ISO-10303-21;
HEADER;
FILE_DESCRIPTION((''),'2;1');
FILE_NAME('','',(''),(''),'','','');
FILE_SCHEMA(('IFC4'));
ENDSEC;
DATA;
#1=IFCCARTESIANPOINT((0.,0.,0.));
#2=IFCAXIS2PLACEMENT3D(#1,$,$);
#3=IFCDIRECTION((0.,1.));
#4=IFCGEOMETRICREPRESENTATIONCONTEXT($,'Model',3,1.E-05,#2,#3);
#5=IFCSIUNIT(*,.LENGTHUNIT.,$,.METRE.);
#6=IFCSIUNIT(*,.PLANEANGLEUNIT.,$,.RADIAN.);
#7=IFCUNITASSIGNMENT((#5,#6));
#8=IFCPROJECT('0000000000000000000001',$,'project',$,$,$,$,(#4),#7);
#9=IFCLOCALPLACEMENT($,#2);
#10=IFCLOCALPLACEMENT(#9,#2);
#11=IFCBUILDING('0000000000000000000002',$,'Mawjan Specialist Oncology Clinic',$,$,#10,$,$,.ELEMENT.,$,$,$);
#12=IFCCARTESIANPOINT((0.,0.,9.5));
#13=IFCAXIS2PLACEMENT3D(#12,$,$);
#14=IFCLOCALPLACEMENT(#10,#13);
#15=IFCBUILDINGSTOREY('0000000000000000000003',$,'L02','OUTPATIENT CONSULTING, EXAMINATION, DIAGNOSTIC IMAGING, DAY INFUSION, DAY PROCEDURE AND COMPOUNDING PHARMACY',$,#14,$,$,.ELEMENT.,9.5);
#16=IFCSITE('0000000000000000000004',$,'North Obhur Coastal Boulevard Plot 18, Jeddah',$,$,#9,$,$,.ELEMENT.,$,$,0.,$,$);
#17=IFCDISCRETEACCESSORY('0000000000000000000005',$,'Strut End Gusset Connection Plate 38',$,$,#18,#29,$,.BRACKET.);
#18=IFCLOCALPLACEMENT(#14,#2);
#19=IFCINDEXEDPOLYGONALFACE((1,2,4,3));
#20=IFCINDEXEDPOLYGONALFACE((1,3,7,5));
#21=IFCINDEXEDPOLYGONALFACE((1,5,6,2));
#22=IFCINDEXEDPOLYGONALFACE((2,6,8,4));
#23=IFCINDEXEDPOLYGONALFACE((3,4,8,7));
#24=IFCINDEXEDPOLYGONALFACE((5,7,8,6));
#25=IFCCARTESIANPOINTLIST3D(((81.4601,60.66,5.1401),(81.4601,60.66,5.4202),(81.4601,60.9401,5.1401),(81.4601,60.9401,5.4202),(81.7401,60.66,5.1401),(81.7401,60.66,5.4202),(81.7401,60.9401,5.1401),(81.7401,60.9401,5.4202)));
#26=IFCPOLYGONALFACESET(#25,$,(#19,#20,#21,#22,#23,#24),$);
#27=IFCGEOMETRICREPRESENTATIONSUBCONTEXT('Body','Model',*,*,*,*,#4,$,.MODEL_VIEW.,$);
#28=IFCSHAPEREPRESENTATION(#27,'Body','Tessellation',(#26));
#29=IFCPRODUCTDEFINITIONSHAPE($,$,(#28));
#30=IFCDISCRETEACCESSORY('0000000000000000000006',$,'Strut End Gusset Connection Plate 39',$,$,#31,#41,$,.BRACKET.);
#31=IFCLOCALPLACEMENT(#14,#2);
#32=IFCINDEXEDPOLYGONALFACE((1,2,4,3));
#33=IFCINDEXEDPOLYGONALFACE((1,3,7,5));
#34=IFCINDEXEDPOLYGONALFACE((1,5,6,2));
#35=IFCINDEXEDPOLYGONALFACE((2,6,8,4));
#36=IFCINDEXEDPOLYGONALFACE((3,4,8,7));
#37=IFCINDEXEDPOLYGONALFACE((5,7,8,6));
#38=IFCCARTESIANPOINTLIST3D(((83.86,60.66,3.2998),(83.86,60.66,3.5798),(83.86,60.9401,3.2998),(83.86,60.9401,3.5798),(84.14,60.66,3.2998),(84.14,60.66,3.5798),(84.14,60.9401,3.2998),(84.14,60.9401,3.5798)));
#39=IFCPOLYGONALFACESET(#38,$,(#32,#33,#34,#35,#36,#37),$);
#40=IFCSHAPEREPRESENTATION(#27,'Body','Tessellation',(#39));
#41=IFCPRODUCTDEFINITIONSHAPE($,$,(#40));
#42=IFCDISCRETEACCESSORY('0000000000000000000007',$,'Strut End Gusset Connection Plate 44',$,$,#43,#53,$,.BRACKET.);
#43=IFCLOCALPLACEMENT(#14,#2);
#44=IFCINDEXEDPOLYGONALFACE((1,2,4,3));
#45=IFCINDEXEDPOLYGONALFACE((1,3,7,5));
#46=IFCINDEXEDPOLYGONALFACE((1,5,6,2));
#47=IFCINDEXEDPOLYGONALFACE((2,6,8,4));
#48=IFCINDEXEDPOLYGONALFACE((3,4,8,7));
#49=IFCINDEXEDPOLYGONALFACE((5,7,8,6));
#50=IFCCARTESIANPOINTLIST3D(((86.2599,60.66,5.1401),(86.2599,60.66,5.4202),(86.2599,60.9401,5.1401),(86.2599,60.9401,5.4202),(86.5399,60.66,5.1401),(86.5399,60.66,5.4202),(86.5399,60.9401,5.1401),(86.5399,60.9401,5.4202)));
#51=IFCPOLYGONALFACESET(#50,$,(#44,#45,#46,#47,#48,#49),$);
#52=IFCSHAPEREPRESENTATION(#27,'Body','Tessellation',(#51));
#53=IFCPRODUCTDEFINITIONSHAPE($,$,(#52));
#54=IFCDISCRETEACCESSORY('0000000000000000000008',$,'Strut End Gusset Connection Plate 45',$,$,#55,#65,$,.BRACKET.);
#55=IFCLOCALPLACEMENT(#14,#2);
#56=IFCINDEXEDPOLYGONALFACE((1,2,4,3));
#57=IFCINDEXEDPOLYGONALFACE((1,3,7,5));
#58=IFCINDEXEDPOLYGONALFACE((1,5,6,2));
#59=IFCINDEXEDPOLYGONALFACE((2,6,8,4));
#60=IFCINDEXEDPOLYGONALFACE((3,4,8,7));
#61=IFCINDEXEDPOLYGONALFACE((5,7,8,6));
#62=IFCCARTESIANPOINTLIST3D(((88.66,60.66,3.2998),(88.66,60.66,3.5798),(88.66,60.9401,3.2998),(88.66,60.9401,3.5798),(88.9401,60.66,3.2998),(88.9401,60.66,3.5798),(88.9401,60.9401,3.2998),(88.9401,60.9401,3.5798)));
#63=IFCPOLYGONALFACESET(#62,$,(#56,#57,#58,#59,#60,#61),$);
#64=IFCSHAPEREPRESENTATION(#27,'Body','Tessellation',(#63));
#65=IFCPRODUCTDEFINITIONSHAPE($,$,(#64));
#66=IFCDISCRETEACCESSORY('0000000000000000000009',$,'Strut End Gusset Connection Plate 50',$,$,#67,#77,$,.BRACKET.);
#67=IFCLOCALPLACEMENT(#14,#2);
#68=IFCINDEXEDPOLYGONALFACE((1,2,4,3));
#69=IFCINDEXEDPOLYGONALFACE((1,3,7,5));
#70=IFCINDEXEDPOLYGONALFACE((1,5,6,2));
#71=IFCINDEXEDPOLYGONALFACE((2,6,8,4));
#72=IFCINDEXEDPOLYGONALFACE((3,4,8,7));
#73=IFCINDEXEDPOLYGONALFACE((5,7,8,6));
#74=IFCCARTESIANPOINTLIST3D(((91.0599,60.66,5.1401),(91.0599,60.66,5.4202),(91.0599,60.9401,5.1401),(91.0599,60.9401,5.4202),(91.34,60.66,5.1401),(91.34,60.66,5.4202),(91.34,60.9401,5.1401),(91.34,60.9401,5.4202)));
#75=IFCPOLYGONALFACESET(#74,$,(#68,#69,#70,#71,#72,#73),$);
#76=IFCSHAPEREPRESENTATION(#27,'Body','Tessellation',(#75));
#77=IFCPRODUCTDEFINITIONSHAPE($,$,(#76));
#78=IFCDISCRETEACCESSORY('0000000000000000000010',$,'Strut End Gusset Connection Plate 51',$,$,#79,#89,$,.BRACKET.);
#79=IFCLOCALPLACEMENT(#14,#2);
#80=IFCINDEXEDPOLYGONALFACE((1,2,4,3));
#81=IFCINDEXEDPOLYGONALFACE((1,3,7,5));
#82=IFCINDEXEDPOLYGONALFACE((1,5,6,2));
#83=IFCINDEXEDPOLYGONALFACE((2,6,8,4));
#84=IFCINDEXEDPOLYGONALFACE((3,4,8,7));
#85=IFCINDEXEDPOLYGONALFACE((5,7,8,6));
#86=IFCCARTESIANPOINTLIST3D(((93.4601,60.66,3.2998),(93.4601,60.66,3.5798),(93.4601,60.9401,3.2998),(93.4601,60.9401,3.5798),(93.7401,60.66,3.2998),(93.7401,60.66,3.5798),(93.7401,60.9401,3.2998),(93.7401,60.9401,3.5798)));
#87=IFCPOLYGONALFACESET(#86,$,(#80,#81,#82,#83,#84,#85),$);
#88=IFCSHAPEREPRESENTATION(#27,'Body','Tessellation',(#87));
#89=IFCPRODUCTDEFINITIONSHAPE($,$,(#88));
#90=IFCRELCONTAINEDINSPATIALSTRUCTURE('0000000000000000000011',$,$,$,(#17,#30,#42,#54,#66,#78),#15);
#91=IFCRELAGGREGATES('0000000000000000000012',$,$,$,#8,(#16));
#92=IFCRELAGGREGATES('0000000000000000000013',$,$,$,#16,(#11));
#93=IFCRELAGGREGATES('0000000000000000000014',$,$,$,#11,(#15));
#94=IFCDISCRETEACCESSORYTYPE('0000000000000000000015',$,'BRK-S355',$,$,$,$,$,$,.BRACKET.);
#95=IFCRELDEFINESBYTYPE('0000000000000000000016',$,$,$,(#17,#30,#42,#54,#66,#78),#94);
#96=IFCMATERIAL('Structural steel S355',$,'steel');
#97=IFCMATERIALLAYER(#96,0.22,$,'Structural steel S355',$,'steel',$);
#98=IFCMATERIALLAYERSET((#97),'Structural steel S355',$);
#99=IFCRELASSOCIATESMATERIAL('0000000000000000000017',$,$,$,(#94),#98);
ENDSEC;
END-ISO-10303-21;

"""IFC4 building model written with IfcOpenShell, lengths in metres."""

from ifc_helpers import new_model, si_unit, direction, frame, origin, origin_2d, place, context, subcontext, project, spatial, rectangle, extrude, material, layer, layer_set, type_object, element, save


model = new_model("IFC4")

# Units and contexts
model_context = context("Model", 3, precision=1e-05, world=origin(), true_north=direction((0.0, 1.0)))
body_context = subcontext(model_context, "Body", "Model", "MODEL_VIEW")
ifc_project = project(units=[si_unit("LENGTHUNIT", "METRE"), si_unit("PLANEANGLEUNIT", "RADIAN")], contexts=[model_context])

# Site, building, storey
site_placement = place(None, origin())
site = spatial("IfcSite", under=ifc_project, at=site_placement, Name="North Obhur Coastal Boulevard Plot 18, Jeddah", CompositionType="ELEMENT", RefElevation=0.0)
building_placement = place(site_placement, origin())
building = spatial("IfcBuilding", under=site, at=building_placement, Name="Mawjan Specialist Oncology Clinic", CompositionType="ELEMENT")
storey_placement = place(building_placement, frame((0.0, 0.0, 9.5)))
storey = spatial("IfcBuildingStorey", under=building, at=storey_placement, Name="L02", Description="OUTPATIENT CONSULTING, EXAMINATION, DIAGNOSTIC IMAGING, DAY INFUSION, DAY PROCEDURE AND COMPOUNDING PHARMACY", CompositionType="ELEMENT", Elevation=9.5)

# Discrete accessories
ifc_material_1 = material(Name="Structural steel S355", Category="steel")
ifc_layer_1 = layer(ifc_material_1, 0.22, Name="Structural steel S355", Category="steel")
ifc_layer_set_1 = layer_set([ifc_layer_1], Name="Structural steel S355")
discrete_accessory_type = type_object("IfcDiscreteAccessoryType", Name="BRK-S355", PredefinedType="BRACKET", material=ifc_layer_set_1)
for number, where, z_axis, x_axis, name in (
    (1, (81.6001, 60.8, 5.1401), (0.0, 0.0, 1.0), (1.0, 0.0, 0.0), "Strut End Gusset Connection Plate 38"),
    (2, (84.0, 60.8, 3.2998), (0.0, 0.0, 1.0), (1.0, 0.0, 0.0), "Strut End Gusset Connection Plate 39"),
    (3, (86.3999, 60.8, 5.1401), (0.0, 0.0, 1.0), (1.0, 0.0, 0.0), "Strut End Gusset Connection Plate 44"),
    (4, (88.8, 60.8, 3.2998), (0.0, 0.0, 1.0), (1.0, 0.0, 0.0), "Strut End Gusset Connection Plate 45"),
    (5, (91.2, 60.8, 5.1401), (0.0, 0.0, 1.0), (1.0, 0.0, 0.0), "Strut End Gusset Connection Plate 50"),
    (6, (93.6001, 60.8, 3.2998), (0.0, 0.0, 1.0), (1.0, 0.0, 0.0), "Strut End Gusset Connection Plate 51"),
):
    element("IfcDiscreteAccessory", number, at=place(storey_placement, frame(where, z_axis=z_axis, x_axis=x_axis)), inside=storey, type_object=discrete_accessory_type, Name=name, PredefinedType="BRACKET", context=body_context, shape_type="SweptSolid", body=[
        extrude(rectangle(XDim=0.28, YDim=0.28, at=origin_2d()), origin(), (0.0, 0.0, 1.0), 0.28),
    ])

save(model, "model.ifc")
